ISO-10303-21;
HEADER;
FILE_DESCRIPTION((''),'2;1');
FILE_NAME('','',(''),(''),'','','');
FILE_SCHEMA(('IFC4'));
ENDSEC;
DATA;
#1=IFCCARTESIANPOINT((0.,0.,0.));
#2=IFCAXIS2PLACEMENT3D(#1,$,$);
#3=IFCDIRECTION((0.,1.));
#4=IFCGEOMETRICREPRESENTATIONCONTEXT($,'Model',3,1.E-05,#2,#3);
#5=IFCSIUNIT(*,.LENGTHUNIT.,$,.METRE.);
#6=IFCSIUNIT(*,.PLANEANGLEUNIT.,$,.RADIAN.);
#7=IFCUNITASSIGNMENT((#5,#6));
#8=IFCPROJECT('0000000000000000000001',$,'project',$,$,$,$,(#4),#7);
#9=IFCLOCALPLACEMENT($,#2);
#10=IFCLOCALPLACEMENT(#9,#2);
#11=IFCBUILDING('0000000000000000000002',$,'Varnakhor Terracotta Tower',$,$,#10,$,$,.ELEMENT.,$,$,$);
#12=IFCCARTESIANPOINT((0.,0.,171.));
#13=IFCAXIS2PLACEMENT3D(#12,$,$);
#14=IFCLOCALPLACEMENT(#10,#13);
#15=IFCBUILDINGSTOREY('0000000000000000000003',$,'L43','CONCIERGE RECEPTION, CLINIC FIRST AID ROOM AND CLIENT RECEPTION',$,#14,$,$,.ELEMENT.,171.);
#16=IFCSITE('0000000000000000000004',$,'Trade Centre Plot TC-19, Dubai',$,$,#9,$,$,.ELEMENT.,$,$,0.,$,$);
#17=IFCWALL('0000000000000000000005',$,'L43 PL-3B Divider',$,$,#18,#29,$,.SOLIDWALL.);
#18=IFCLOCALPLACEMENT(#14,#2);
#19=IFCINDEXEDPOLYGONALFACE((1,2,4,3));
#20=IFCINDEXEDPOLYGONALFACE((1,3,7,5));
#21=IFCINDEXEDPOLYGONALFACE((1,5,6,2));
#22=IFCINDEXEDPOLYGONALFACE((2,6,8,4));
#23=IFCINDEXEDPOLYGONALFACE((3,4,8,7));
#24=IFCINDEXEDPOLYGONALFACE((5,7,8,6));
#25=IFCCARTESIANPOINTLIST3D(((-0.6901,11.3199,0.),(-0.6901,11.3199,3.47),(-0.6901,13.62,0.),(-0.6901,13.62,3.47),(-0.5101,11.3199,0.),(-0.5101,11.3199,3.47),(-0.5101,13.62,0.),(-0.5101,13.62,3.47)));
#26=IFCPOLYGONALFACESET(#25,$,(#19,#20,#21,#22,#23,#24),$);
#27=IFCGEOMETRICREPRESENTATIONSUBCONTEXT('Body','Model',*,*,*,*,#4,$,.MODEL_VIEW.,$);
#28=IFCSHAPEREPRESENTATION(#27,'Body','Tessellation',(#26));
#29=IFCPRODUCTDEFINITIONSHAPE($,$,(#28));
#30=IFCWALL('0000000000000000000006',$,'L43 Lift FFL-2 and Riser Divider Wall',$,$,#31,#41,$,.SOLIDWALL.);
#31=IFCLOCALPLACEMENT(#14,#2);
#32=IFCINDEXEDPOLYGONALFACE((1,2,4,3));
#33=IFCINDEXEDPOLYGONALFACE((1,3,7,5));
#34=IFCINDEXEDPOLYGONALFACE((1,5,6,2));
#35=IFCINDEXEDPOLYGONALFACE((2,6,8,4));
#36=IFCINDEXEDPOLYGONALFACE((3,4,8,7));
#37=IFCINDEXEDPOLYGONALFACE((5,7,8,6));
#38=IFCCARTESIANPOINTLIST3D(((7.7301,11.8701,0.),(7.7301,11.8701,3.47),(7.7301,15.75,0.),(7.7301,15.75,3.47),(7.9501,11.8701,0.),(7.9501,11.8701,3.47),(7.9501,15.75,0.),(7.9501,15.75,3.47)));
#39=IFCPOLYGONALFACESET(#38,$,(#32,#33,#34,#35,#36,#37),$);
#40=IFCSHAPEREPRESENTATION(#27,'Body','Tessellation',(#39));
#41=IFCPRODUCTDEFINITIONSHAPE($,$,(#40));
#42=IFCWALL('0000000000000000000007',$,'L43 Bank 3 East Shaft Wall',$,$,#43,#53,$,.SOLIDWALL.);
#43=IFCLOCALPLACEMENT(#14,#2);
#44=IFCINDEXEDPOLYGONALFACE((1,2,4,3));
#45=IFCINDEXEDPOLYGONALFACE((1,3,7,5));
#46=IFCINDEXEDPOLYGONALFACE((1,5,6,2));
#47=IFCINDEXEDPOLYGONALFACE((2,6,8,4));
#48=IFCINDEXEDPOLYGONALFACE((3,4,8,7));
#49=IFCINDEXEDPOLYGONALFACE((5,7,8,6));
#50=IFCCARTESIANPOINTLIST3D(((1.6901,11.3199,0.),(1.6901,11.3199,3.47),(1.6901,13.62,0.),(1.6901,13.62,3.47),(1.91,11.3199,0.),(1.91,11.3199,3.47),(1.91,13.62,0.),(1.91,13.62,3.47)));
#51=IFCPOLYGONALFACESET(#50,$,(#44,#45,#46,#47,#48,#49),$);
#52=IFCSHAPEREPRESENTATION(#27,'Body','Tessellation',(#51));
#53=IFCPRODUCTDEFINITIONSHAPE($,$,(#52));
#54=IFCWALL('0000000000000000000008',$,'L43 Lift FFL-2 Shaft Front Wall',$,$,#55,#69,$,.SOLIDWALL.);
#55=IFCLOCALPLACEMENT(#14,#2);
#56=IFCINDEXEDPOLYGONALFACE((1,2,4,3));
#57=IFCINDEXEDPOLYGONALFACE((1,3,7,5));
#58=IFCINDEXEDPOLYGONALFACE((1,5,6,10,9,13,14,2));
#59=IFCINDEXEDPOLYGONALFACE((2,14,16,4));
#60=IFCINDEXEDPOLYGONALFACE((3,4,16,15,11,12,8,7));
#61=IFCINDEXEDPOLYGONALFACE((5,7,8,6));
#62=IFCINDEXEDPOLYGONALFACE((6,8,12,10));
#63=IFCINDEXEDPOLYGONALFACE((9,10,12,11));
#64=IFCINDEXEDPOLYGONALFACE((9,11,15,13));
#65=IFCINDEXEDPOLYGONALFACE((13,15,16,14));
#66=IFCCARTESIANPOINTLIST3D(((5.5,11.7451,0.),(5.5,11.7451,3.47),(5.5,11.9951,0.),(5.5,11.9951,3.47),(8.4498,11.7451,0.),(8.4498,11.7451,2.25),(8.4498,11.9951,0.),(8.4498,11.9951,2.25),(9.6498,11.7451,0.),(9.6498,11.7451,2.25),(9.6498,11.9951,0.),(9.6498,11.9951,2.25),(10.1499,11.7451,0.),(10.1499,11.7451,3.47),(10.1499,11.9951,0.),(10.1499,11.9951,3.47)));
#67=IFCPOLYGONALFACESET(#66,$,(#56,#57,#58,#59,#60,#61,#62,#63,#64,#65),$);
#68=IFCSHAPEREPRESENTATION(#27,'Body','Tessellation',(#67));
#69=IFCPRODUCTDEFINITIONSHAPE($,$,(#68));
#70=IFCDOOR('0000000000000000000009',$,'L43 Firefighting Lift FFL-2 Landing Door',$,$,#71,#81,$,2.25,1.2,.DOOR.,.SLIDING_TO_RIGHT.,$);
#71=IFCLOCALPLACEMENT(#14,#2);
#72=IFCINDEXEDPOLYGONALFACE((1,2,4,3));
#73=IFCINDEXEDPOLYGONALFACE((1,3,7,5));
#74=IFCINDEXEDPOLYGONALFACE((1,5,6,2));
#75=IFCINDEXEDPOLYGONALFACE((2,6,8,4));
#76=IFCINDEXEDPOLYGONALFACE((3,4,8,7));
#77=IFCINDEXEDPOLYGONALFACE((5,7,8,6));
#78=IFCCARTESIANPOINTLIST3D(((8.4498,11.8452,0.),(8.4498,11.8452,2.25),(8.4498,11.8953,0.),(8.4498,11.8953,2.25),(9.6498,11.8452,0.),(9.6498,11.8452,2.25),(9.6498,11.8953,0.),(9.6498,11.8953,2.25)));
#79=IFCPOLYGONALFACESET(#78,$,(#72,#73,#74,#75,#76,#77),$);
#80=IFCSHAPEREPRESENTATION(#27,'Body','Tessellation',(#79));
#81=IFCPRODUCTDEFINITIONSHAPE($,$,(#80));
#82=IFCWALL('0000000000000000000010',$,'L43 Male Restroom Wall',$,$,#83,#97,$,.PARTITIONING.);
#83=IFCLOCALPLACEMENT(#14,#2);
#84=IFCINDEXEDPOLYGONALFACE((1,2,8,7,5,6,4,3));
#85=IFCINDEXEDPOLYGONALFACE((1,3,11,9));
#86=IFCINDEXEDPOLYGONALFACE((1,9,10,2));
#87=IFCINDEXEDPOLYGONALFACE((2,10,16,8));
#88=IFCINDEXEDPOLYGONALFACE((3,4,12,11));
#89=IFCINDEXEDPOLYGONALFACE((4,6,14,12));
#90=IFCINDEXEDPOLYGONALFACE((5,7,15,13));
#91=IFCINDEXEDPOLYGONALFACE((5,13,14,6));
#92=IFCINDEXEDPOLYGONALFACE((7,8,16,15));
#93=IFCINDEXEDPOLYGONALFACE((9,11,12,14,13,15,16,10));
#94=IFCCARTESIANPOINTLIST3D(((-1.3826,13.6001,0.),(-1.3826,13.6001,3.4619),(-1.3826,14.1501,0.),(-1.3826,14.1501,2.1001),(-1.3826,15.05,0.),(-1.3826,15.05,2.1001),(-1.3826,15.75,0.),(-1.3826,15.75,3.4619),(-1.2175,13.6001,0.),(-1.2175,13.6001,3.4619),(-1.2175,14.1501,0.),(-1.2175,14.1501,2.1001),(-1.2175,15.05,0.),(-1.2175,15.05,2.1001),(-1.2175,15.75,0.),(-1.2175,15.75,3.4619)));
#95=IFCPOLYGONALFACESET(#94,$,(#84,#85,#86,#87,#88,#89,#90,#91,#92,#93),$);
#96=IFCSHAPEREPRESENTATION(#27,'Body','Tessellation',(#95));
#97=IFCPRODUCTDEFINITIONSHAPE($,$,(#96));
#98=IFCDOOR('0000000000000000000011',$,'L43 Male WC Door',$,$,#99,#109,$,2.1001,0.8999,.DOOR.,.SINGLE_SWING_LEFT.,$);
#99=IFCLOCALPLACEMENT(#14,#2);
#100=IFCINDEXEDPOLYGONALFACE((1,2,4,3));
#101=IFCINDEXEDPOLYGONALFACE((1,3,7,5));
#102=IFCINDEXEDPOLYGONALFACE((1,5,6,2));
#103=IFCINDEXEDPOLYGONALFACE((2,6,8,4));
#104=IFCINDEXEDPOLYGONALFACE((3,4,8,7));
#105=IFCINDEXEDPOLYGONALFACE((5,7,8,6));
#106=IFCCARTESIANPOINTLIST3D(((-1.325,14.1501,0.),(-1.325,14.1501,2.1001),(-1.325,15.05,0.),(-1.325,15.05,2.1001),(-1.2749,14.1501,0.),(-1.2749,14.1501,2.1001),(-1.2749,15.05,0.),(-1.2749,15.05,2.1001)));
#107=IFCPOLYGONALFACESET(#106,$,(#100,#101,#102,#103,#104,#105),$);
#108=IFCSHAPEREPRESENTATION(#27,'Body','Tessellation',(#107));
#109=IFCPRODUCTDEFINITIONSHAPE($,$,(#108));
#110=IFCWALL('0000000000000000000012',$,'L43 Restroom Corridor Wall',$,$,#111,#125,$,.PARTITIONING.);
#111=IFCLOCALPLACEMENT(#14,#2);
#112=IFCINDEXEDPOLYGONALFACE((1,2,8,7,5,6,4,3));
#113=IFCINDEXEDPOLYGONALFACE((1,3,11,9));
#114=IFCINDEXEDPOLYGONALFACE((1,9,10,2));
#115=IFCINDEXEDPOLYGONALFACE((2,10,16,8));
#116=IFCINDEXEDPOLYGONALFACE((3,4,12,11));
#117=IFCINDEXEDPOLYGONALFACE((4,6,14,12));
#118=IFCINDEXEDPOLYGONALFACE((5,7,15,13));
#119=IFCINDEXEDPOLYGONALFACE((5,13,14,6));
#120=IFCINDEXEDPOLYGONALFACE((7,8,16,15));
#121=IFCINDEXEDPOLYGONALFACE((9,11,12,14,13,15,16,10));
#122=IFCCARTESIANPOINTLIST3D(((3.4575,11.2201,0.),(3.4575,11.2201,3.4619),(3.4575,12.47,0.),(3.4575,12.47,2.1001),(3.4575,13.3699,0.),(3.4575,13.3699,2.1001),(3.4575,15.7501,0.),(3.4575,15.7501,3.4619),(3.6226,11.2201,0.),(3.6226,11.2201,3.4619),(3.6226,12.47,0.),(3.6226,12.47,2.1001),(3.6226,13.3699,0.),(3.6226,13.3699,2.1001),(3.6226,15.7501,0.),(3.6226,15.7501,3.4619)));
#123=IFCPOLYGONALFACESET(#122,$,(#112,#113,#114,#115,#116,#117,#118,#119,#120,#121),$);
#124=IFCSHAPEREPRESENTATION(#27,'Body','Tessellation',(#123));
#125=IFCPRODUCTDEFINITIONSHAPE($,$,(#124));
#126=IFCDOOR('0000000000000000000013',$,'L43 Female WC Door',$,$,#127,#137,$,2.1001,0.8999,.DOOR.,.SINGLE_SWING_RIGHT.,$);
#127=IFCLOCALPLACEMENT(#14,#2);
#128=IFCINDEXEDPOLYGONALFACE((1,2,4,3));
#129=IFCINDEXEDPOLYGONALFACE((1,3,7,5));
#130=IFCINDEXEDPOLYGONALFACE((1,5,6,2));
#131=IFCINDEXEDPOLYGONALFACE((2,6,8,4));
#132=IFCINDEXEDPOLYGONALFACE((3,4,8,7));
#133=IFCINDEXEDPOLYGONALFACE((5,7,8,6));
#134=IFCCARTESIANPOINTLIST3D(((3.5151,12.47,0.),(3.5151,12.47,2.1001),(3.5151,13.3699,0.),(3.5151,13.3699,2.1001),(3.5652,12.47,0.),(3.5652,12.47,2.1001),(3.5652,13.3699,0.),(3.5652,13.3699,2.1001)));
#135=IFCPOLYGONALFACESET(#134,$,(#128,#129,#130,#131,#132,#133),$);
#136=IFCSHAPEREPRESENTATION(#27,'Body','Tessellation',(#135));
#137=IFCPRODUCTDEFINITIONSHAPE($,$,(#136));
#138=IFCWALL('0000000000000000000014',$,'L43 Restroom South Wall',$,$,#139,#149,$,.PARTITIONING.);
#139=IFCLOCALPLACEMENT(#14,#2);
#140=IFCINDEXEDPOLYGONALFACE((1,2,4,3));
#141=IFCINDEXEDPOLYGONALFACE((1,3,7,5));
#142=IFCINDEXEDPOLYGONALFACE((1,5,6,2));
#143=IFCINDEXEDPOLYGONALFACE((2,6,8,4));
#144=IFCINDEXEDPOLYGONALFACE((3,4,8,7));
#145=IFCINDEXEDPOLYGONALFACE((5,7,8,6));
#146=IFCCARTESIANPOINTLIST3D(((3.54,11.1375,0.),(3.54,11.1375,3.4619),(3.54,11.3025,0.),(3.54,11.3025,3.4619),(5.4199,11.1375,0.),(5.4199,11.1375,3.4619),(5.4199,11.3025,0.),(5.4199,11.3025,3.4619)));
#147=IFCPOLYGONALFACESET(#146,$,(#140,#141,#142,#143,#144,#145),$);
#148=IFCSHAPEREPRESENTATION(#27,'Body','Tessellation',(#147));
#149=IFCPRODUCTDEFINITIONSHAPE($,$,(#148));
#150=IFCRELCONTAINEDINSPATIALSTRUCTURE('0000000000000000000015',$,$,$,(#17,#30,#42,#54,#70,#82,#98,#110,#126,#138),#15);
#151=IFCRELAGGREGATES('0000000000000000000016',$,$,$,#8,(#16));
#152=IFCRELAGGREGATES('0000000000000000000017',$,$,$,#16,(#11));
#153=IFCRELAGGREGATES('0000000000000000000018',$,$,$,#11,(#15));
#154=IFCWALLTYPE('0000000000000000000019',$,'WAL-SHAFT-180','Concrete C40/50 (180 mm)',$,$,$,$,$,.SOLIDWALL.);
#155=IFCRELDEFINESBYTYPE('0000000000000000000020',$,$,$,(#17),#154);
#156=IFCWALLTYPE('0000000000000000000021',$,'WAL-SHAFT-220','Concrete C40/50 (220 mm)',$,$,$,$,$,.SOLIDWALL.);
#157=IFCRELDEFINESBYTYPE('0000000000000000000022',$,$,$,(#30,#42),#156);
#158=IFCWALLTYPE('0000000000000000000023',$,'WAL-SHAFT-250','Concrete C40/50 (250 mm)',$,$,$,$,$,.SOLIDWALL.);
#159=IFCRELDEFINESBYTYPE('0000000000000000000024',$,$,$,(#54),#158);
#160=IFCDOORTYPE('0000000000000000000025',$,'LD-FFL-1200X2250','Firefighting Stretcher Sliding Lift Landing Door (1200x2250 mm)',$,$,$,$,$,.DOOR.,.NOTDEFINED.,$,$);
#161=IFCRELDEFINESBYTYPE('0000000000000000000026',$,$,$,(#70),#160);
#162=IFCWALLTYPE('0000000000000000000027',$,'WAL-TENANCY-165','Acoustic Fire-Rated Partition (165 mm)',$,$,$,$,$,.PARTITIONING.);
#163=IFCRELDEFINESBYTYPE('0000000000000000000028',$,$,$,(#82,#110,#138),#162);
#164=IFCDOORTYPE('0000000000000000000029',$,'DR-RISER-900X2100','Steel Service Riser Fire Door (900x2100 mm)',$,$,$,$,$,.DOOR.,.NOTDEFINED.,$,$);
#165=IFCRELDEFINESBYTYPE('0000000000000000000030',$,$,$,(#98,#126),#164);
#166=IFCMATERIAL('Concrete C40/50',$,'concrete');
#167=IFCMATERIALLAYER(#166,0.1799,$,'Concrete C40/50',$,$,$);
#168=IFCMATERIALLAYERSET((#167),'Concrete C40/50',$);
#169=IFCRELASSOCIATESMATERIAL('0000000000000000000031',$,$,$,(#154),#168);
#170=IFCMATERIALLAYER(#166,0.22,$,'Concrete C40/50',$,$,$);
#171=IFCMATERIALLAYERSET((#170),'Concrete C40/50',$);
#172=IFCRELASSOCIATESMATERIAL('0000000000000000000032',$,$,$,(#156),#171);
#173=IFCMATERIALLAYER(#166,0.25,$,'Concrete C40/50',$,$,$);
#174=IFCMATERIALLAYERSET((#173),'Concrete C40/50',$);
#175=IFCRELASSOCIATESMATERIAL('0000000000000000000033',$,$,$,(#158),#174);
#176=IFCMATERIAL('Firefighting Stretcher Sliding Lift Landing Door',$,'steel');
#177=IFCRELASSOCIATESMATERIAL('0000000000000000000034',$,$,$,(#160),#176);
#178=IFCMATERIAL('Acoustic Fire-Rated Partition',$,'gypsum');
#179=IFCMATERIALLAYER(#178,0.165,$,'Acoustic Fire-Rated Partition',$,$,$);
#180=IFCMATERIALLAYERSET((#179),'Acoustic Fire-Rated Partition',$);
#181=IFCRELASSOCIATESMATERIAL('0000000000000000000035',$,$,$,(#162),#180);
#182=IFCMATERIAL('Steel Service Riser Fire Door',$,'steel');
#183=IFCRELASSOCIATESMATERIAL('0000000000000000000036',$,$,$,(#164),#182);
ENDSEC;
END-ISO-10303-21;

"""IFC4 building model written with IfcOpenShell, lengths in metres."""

from ifc_helpers import new_model, si_unit, direction, frame, frame_2d, origin, place, context, subcontext, project, spatial, rectangle, extrude, source, transform, mapped, material, layer, layer_set, type_object, type_shapes, element, fill, save


model = new_model("IFC4")

# Units and contexts
model_context = context("Model", 3, precision=1e-05, world=origin(), true_north=direction((0.0, 1.0)))
body_context = subcontext(model_context, "Body", "Model", "MODEL_VIEW")
ifc_project = project(units=[si_unit("LENGTHUNIT", "METRE"), si_unit("PLANEANGLEUNIT", "RADIAN")], contexts=[model_context])

# Site, building, storey
site_placement = place(None, origin())
site = spatial("IfcSite", under=ifc_project, at=site_placement, Name="Trade Centre Plot TC-19, Dubai", CompositionType="ELEMENT", RefElevation=0.0)
building_placement = place(site_placement, origin())
building = spatial("IfcBuilding", under=site, at=building_placement, Name="Varnakhor Terracotta Tower", CompositionType="ELEMENT")
storey_placement = place(building_placement, frame((0.0, 0.0, 171.0)))
storey = spatial("IfcBuildingStorey", under=building, at=storey_placement, Name="L43", Description="CONCIERGE RECEPTION, CLINIC FIRST AID ROOM AND CLIENT RECEPTION", CompositionType="ELEMENT", Elevation=171.0)

# Walls
ifc_material_1 = material(Name="Concrete C40/50", Category="concrete")
ifc_layer_1 = layer(ifc_material_1, 0.1799, Name="Concrete C40/50")
ifc_layer_set_1 = layer_set([ifc_layer_1], Name="Concrete C40/50")
wall_type_1 = type_object("IfcWallType", Name="WAL-SHAFT-180", Description="Concrete C40/50 (180 mm)", PredefinedType="SOLIDWALL", material=ifc_layer_set_1)
wall_1_placement = place(storey_placement, frame((-0.6001, 11.3201, 0.0), z_axis=(0.0, 0.0, 1.0), x_axis=(0.0, 1.0, 0.0)))
element("IfcWall", 1, at=wall_1_placement, inside=storey, type_object=wall_type_1, Name="L43 PL-3B Divider", PredefinedType="SOLIDWALL", context=body_context, shape_type="SweptSolid", body=[
    extrude(rectangle(XDim=2.3, YDim=0.1799, at=frame_2d((1.1499, 0.0))), origin(), (0.0, 0.0, 1.0), 3.47),
])
ifc_layer_2 = layer(ifc_material_1, 0.22, Name="Concrete C40/50")
ifc_layer_set_2 = layer_set([ifc_layer_2], Name="Concrete C40/50")
wall_type_2 = type_object("IfcWallType", Name="WAL-SHAFT-220", Description="Concrete C40/50 (220 mm)", PredefinedType="SOLIDWALL", material=ifc_layer_set_2)
wall_2_placement = place(storey_placement, frame((7.8401, 11.8701, 0.0), z_axis=(0.0, 0.0, 1.0), x_axis=(0.0, 1.0, 0.0)))
element("IfcWall", 2, at=wall_2_placement, inside=storey, type_object=wall_type_2, Name="L43 Lift FFL-2 and Riser Divider Wall", PredefinedType="SOLIDWALL", context=body_context, shape_type="SweptSolid", body=[
    extrude(rectangle(XDim=3.8799, YDim=0.22, at=frame_2d((1.9399, 0.0))), origin(), (0.0, 0.0, 1.0), 3.47),
])
wall_3_placement = place(storey_placement, frame((1.8, 11.3201, 0.0), z_axis=(0.0, 0.0, 1.0), x_axis=(0.0, 1.0, 0.0)))
element("IfcWall", 3, at=wall_3_placement, inside=storey, type_object=wall_type_2, Name="L43 Bank 3 East Shaft Wall", PredefinedType="SOLIDWALL", context=body_context, shape_type="SweptSolid", body=[
    extrude(rectangle(XDim=2.3, YDim=0.22, at=frame_2d((1.1499, 0.0))), origin(), (0.0, 0.0, 1.0), 3.47),
])

# Walls, openings, doors
ifc_layer_3 = layer(ifc_material_1, 0.25, Name="Concrete C40/50")
ifc_layer_set_3 = layer_set([ifc_layer_3], Name="Concrete C40/50")
wall_type_3 = type_object("IfcWallType", Name="WAL-SHAFT-250", Description="Concrete C40/50 (250 mm)", PredefinedType="SOLIDWALL", material=ifc_layer_set_3)
wall_4_placement = place(storey_placement, frame((10.1499, 11.8701, 0.0), z_axis=(0.0, 0.0, 1.0), x_axis=(-1.0, 0.0, 0.0)))
wall_4 = element("IfcWall", 4, at=wall_4_placement, inside=storey, type_object=wall_type_3, Name="L43 Lift FFL-2 Shaft Front Wall", PredefinedType="SOLIDWALL", context=body_context, shape_type="SweptSolid", body=[
    extrude(rectangle(XDim=4.6499, YDim=0.25, at=frame_2d((2.325, 0.0))), origin(), (0.0, 0.0, 1.0), 3.47),
])
opening_1_placement = place(wall_4_placement, frame((0.5, 0.0, 0.0)))
opening_1 = element("IfcOpeningElement", 5, at=opening_1_placement, cuts=wall_4, PredefinedType="OPENING", context=body_context, shape_type="SweptSolid", body=[
    extrude(rectangle(XDim=1.2, YDim=2.25, at=frame_2d((0.6001, 1.125))), frame((0.0, 0.135, 0.0), z_axis=(0.0, -1.0, 0.0), x_axis=(1.0, 0.0, 0.0)), (0.0, 0.0, 1.0), 0.27),
])
ifc_material_2 = material(Name="Firefighting Stretcher Sliding Lift Landing Door", Category="steel")
door_type_1 = type_object("IfcDoorType", Name="LD-FFL-1200X2250", Description="Firefighting Stretcher Sliding Lift Landing Door (1200x2250 mm)", OperationType="NOTDEFINED", PredefinedType="DOOR", material=ifc_material_2)
shared_shape_1 = source(origin(), body_context, "Body", "SweptSolid", [
    extrude(rectangle(XDim=1.2, YDim=2.25, at=frame_2d((0.6001, 1.125))), frame((0.0, 0.0249, 0.0), z_axis=(0.0, -1.0, 0.0), x_axis=(1.0, 0.0, 0.0)), (0.0, 0.0, 1.0), 0.05),
])
type_shapes(door_type_1, [shared_shape_1])
door_1_placement = place(opening_1_placement, origin())
door_1 = element("IfcDoor", 6, at=door_1_placement, inside=storey, type_object=door_type_1, Name="L43 Firefighting Lift FFL-2 Landing Door", OperationType="SLIDING_TO_RIGHT", OverallHeight=2.25, OverallWidth=1.2, PredefinedType="DOOR", context=body_context, shape_type="MappedRepresentation", body=[
    mapped(shared_shape_1, transform((0.0, 0.0, 0.0), scale=1.0)),
])
fill(opening_1, door_1)
ifc_material_3 = material(Name="Acoustic Fire-Rated Partition", Category="gypsum")
ifc_layer_4 = layer(ifc_material_3, 0.165, Name="Acoustic Fire-Rated Partition")
ifc_layer_set_4 = layer_set([ifc_layer_4], Name="Acoustic Fire-Rated Partition")
wall_type_4 = type_object("IfcWallType", Name="WAL-TENANCY-165", Description="Acoustic Fire-Rated Partition (165 mm)", PredefinedType="PARTITIONING", material=ifc_layer_set_4)
wall_5_placement = place(storey_placement, frame((-1.3, 13.6001, 0.0), z_axis=(0.0, 0.0, 1.0), x_axis=(0.0, 1.0, 0.0)))
wall_5 = element("IfcWall", 7, at=wall_5_placement, inside=storey, type_object=wall_type_4, Name="L43 Male Restroom Wall", PredefinedType="PARTITIONING", context=body_context, shape_type="SweptSolid", body=[
    extrude(rectangle(XDim=2.1499, YDim=0.165, at=frame_2d((1.075, 0.0))), origin(), (0.0, 0.0, 1.0), 3.4619),
])
opening_2_placement = place(wall_5_placement, frame((0.55, 0.0, 0.0)))
opening_2 = element("IfcOpeningElement", 8, at=opening_2_placement, cuts=wall_5, PredefinedType="OPENING", context=body_context, shape_type="SweptSolid", body=[
    extrude(rectangle(XDim=0.8999, YDim=2.1001, at=frame_2d((0.45, 1.05))), frame((0.0, 0.0925, 0.0), z_axis=(0.0, -1.0, 0.0), x_axis=(1.0, 0.0, 0.0)), (0.0, 0.0, 1.0), 0.1851),
])
ifc_material_4 = material(Name="Steel Service Riser Fire Door", Category="steel")
door_type_2 = type_object("IfcDoorType", Name="DR-RISER-900X2100", Description="Steel Service Riser Fire Door (900x2100 mm)", OperationType="NOTDEFINED", PredefinedType="DOOR", material=ifc_material_4)
shared_shape_2 = source(origin(), body_context, "Body", "SweptSolid", [
    extrude(rectangle(XDim=0.8999, YDim=2.1001, at=frame_2d((0.45, 1.05))), frame((0.0, 0.0249, 0.0), z_axis=(0.0, -1.0, 0.0), x_axis=(1.0, 0.0, 0.0)), (0.0, 0.0, 1.0), 0.05),
])
type_shapes(door_type_2, [shared_shape_2])
door_2_placement = place(opening_2_placement, origin())
door_2 = element("IfcDoor", 9, at=door_2_placement, inside=storey, type_object=door_type_2, Name="L43 Male WC Door", OperationType="SINGLE_SWING_LEFT", OverallHeight=2.1001, OverallWidth=0.8999, PredefinedType="DOOR", context=body_context, shape_type="MappedRepresentation", body=[
    mapped(shared_shape_2, transform((0.0, 0.0, 0.0), scale=1.0)),
])
fill(opening_2, door_2)
wall_6_placement = place(storey_placement, frame((3.54, 11.22, 0.0), z_axis=(0.0, 0.0, 1.0), x_axis=(0.0, 1.0, 0.0)))
wall_6 = element("IfcWall", 10, at=wall_6_placement, inside=storey, type_object=wall_type_4, Name="L43 Restroom Corridor Wall", PredefinedType="PARTITIONING", context=body_context, shape_type="SweptSolid", body=[
    extrude(rectangle(XDim=4.53, YDim=0.165, at=frame_2d((2.2651, 0.0))), origin(), (0.0, 0.0, 1.0), 3.4619),
])
opening_3_placement = place(wall_6_placement, frame((1.25, 0.0, 0.0)))
opening_3 = element("IfcOpeningElement", 11, at=opening_3_placement, cuts=wall_6, PredefinedType="OPENING", context=body_context, shape_type="SweptSolid", body=[
    extrude(rectangle(XDim=0.8999, YDim=2.1001, at=frame_2d((0.45, 1.05))), frame((0.0, 0.0925, 0.0), z_axis=(0.0, -1.0, 0.0), x_axis=(1.0, 0.0, 0.0)), (0.0, 0.0, 1.0), 0.1851),
])
door_3_placement = place(opening_3_placement, origin())
door_3 = element("IfcDoor", 12, at=door_3_placement, inside=storey, type_object=door_type_2, Name="L43 Female WC Door", OperationType="SINGLE_SWING_RIGHT", OverallHeight=2.1001, OverallWidth=0.8999, PredefinedType="DOOR", context=body_context, shape_type="MappedRepresentation", body=[
    mapped(shared_shape_2, transform((0.0, 0.0, 0.0), scale=1.0)),
])
fill(opening_3, door_3)

# Wall
wall_7_placement = place(storey_placement, frame((3.54, 11.22, 0.0), z_axis=(0.0, 0.0, 1.0), x_axis=(1.0, 0.0, 0.0)))
element("IfcWall", 13, at=wall_7_placement, inside=storey, type_object=wall_type_4, Name="L43 Restroom South Wall", PredefinedType="PARTITIONING", context=body_context, shape_type="SweptSolid", body=[
    extrude(rectangle(XDim=1.8799, YDim=0.165, at=frame_2d((0.9399, 0.0))), origin(), (0.0, 0.0, 1.0), 3.4619),
])

save(model, "model.ifc")
